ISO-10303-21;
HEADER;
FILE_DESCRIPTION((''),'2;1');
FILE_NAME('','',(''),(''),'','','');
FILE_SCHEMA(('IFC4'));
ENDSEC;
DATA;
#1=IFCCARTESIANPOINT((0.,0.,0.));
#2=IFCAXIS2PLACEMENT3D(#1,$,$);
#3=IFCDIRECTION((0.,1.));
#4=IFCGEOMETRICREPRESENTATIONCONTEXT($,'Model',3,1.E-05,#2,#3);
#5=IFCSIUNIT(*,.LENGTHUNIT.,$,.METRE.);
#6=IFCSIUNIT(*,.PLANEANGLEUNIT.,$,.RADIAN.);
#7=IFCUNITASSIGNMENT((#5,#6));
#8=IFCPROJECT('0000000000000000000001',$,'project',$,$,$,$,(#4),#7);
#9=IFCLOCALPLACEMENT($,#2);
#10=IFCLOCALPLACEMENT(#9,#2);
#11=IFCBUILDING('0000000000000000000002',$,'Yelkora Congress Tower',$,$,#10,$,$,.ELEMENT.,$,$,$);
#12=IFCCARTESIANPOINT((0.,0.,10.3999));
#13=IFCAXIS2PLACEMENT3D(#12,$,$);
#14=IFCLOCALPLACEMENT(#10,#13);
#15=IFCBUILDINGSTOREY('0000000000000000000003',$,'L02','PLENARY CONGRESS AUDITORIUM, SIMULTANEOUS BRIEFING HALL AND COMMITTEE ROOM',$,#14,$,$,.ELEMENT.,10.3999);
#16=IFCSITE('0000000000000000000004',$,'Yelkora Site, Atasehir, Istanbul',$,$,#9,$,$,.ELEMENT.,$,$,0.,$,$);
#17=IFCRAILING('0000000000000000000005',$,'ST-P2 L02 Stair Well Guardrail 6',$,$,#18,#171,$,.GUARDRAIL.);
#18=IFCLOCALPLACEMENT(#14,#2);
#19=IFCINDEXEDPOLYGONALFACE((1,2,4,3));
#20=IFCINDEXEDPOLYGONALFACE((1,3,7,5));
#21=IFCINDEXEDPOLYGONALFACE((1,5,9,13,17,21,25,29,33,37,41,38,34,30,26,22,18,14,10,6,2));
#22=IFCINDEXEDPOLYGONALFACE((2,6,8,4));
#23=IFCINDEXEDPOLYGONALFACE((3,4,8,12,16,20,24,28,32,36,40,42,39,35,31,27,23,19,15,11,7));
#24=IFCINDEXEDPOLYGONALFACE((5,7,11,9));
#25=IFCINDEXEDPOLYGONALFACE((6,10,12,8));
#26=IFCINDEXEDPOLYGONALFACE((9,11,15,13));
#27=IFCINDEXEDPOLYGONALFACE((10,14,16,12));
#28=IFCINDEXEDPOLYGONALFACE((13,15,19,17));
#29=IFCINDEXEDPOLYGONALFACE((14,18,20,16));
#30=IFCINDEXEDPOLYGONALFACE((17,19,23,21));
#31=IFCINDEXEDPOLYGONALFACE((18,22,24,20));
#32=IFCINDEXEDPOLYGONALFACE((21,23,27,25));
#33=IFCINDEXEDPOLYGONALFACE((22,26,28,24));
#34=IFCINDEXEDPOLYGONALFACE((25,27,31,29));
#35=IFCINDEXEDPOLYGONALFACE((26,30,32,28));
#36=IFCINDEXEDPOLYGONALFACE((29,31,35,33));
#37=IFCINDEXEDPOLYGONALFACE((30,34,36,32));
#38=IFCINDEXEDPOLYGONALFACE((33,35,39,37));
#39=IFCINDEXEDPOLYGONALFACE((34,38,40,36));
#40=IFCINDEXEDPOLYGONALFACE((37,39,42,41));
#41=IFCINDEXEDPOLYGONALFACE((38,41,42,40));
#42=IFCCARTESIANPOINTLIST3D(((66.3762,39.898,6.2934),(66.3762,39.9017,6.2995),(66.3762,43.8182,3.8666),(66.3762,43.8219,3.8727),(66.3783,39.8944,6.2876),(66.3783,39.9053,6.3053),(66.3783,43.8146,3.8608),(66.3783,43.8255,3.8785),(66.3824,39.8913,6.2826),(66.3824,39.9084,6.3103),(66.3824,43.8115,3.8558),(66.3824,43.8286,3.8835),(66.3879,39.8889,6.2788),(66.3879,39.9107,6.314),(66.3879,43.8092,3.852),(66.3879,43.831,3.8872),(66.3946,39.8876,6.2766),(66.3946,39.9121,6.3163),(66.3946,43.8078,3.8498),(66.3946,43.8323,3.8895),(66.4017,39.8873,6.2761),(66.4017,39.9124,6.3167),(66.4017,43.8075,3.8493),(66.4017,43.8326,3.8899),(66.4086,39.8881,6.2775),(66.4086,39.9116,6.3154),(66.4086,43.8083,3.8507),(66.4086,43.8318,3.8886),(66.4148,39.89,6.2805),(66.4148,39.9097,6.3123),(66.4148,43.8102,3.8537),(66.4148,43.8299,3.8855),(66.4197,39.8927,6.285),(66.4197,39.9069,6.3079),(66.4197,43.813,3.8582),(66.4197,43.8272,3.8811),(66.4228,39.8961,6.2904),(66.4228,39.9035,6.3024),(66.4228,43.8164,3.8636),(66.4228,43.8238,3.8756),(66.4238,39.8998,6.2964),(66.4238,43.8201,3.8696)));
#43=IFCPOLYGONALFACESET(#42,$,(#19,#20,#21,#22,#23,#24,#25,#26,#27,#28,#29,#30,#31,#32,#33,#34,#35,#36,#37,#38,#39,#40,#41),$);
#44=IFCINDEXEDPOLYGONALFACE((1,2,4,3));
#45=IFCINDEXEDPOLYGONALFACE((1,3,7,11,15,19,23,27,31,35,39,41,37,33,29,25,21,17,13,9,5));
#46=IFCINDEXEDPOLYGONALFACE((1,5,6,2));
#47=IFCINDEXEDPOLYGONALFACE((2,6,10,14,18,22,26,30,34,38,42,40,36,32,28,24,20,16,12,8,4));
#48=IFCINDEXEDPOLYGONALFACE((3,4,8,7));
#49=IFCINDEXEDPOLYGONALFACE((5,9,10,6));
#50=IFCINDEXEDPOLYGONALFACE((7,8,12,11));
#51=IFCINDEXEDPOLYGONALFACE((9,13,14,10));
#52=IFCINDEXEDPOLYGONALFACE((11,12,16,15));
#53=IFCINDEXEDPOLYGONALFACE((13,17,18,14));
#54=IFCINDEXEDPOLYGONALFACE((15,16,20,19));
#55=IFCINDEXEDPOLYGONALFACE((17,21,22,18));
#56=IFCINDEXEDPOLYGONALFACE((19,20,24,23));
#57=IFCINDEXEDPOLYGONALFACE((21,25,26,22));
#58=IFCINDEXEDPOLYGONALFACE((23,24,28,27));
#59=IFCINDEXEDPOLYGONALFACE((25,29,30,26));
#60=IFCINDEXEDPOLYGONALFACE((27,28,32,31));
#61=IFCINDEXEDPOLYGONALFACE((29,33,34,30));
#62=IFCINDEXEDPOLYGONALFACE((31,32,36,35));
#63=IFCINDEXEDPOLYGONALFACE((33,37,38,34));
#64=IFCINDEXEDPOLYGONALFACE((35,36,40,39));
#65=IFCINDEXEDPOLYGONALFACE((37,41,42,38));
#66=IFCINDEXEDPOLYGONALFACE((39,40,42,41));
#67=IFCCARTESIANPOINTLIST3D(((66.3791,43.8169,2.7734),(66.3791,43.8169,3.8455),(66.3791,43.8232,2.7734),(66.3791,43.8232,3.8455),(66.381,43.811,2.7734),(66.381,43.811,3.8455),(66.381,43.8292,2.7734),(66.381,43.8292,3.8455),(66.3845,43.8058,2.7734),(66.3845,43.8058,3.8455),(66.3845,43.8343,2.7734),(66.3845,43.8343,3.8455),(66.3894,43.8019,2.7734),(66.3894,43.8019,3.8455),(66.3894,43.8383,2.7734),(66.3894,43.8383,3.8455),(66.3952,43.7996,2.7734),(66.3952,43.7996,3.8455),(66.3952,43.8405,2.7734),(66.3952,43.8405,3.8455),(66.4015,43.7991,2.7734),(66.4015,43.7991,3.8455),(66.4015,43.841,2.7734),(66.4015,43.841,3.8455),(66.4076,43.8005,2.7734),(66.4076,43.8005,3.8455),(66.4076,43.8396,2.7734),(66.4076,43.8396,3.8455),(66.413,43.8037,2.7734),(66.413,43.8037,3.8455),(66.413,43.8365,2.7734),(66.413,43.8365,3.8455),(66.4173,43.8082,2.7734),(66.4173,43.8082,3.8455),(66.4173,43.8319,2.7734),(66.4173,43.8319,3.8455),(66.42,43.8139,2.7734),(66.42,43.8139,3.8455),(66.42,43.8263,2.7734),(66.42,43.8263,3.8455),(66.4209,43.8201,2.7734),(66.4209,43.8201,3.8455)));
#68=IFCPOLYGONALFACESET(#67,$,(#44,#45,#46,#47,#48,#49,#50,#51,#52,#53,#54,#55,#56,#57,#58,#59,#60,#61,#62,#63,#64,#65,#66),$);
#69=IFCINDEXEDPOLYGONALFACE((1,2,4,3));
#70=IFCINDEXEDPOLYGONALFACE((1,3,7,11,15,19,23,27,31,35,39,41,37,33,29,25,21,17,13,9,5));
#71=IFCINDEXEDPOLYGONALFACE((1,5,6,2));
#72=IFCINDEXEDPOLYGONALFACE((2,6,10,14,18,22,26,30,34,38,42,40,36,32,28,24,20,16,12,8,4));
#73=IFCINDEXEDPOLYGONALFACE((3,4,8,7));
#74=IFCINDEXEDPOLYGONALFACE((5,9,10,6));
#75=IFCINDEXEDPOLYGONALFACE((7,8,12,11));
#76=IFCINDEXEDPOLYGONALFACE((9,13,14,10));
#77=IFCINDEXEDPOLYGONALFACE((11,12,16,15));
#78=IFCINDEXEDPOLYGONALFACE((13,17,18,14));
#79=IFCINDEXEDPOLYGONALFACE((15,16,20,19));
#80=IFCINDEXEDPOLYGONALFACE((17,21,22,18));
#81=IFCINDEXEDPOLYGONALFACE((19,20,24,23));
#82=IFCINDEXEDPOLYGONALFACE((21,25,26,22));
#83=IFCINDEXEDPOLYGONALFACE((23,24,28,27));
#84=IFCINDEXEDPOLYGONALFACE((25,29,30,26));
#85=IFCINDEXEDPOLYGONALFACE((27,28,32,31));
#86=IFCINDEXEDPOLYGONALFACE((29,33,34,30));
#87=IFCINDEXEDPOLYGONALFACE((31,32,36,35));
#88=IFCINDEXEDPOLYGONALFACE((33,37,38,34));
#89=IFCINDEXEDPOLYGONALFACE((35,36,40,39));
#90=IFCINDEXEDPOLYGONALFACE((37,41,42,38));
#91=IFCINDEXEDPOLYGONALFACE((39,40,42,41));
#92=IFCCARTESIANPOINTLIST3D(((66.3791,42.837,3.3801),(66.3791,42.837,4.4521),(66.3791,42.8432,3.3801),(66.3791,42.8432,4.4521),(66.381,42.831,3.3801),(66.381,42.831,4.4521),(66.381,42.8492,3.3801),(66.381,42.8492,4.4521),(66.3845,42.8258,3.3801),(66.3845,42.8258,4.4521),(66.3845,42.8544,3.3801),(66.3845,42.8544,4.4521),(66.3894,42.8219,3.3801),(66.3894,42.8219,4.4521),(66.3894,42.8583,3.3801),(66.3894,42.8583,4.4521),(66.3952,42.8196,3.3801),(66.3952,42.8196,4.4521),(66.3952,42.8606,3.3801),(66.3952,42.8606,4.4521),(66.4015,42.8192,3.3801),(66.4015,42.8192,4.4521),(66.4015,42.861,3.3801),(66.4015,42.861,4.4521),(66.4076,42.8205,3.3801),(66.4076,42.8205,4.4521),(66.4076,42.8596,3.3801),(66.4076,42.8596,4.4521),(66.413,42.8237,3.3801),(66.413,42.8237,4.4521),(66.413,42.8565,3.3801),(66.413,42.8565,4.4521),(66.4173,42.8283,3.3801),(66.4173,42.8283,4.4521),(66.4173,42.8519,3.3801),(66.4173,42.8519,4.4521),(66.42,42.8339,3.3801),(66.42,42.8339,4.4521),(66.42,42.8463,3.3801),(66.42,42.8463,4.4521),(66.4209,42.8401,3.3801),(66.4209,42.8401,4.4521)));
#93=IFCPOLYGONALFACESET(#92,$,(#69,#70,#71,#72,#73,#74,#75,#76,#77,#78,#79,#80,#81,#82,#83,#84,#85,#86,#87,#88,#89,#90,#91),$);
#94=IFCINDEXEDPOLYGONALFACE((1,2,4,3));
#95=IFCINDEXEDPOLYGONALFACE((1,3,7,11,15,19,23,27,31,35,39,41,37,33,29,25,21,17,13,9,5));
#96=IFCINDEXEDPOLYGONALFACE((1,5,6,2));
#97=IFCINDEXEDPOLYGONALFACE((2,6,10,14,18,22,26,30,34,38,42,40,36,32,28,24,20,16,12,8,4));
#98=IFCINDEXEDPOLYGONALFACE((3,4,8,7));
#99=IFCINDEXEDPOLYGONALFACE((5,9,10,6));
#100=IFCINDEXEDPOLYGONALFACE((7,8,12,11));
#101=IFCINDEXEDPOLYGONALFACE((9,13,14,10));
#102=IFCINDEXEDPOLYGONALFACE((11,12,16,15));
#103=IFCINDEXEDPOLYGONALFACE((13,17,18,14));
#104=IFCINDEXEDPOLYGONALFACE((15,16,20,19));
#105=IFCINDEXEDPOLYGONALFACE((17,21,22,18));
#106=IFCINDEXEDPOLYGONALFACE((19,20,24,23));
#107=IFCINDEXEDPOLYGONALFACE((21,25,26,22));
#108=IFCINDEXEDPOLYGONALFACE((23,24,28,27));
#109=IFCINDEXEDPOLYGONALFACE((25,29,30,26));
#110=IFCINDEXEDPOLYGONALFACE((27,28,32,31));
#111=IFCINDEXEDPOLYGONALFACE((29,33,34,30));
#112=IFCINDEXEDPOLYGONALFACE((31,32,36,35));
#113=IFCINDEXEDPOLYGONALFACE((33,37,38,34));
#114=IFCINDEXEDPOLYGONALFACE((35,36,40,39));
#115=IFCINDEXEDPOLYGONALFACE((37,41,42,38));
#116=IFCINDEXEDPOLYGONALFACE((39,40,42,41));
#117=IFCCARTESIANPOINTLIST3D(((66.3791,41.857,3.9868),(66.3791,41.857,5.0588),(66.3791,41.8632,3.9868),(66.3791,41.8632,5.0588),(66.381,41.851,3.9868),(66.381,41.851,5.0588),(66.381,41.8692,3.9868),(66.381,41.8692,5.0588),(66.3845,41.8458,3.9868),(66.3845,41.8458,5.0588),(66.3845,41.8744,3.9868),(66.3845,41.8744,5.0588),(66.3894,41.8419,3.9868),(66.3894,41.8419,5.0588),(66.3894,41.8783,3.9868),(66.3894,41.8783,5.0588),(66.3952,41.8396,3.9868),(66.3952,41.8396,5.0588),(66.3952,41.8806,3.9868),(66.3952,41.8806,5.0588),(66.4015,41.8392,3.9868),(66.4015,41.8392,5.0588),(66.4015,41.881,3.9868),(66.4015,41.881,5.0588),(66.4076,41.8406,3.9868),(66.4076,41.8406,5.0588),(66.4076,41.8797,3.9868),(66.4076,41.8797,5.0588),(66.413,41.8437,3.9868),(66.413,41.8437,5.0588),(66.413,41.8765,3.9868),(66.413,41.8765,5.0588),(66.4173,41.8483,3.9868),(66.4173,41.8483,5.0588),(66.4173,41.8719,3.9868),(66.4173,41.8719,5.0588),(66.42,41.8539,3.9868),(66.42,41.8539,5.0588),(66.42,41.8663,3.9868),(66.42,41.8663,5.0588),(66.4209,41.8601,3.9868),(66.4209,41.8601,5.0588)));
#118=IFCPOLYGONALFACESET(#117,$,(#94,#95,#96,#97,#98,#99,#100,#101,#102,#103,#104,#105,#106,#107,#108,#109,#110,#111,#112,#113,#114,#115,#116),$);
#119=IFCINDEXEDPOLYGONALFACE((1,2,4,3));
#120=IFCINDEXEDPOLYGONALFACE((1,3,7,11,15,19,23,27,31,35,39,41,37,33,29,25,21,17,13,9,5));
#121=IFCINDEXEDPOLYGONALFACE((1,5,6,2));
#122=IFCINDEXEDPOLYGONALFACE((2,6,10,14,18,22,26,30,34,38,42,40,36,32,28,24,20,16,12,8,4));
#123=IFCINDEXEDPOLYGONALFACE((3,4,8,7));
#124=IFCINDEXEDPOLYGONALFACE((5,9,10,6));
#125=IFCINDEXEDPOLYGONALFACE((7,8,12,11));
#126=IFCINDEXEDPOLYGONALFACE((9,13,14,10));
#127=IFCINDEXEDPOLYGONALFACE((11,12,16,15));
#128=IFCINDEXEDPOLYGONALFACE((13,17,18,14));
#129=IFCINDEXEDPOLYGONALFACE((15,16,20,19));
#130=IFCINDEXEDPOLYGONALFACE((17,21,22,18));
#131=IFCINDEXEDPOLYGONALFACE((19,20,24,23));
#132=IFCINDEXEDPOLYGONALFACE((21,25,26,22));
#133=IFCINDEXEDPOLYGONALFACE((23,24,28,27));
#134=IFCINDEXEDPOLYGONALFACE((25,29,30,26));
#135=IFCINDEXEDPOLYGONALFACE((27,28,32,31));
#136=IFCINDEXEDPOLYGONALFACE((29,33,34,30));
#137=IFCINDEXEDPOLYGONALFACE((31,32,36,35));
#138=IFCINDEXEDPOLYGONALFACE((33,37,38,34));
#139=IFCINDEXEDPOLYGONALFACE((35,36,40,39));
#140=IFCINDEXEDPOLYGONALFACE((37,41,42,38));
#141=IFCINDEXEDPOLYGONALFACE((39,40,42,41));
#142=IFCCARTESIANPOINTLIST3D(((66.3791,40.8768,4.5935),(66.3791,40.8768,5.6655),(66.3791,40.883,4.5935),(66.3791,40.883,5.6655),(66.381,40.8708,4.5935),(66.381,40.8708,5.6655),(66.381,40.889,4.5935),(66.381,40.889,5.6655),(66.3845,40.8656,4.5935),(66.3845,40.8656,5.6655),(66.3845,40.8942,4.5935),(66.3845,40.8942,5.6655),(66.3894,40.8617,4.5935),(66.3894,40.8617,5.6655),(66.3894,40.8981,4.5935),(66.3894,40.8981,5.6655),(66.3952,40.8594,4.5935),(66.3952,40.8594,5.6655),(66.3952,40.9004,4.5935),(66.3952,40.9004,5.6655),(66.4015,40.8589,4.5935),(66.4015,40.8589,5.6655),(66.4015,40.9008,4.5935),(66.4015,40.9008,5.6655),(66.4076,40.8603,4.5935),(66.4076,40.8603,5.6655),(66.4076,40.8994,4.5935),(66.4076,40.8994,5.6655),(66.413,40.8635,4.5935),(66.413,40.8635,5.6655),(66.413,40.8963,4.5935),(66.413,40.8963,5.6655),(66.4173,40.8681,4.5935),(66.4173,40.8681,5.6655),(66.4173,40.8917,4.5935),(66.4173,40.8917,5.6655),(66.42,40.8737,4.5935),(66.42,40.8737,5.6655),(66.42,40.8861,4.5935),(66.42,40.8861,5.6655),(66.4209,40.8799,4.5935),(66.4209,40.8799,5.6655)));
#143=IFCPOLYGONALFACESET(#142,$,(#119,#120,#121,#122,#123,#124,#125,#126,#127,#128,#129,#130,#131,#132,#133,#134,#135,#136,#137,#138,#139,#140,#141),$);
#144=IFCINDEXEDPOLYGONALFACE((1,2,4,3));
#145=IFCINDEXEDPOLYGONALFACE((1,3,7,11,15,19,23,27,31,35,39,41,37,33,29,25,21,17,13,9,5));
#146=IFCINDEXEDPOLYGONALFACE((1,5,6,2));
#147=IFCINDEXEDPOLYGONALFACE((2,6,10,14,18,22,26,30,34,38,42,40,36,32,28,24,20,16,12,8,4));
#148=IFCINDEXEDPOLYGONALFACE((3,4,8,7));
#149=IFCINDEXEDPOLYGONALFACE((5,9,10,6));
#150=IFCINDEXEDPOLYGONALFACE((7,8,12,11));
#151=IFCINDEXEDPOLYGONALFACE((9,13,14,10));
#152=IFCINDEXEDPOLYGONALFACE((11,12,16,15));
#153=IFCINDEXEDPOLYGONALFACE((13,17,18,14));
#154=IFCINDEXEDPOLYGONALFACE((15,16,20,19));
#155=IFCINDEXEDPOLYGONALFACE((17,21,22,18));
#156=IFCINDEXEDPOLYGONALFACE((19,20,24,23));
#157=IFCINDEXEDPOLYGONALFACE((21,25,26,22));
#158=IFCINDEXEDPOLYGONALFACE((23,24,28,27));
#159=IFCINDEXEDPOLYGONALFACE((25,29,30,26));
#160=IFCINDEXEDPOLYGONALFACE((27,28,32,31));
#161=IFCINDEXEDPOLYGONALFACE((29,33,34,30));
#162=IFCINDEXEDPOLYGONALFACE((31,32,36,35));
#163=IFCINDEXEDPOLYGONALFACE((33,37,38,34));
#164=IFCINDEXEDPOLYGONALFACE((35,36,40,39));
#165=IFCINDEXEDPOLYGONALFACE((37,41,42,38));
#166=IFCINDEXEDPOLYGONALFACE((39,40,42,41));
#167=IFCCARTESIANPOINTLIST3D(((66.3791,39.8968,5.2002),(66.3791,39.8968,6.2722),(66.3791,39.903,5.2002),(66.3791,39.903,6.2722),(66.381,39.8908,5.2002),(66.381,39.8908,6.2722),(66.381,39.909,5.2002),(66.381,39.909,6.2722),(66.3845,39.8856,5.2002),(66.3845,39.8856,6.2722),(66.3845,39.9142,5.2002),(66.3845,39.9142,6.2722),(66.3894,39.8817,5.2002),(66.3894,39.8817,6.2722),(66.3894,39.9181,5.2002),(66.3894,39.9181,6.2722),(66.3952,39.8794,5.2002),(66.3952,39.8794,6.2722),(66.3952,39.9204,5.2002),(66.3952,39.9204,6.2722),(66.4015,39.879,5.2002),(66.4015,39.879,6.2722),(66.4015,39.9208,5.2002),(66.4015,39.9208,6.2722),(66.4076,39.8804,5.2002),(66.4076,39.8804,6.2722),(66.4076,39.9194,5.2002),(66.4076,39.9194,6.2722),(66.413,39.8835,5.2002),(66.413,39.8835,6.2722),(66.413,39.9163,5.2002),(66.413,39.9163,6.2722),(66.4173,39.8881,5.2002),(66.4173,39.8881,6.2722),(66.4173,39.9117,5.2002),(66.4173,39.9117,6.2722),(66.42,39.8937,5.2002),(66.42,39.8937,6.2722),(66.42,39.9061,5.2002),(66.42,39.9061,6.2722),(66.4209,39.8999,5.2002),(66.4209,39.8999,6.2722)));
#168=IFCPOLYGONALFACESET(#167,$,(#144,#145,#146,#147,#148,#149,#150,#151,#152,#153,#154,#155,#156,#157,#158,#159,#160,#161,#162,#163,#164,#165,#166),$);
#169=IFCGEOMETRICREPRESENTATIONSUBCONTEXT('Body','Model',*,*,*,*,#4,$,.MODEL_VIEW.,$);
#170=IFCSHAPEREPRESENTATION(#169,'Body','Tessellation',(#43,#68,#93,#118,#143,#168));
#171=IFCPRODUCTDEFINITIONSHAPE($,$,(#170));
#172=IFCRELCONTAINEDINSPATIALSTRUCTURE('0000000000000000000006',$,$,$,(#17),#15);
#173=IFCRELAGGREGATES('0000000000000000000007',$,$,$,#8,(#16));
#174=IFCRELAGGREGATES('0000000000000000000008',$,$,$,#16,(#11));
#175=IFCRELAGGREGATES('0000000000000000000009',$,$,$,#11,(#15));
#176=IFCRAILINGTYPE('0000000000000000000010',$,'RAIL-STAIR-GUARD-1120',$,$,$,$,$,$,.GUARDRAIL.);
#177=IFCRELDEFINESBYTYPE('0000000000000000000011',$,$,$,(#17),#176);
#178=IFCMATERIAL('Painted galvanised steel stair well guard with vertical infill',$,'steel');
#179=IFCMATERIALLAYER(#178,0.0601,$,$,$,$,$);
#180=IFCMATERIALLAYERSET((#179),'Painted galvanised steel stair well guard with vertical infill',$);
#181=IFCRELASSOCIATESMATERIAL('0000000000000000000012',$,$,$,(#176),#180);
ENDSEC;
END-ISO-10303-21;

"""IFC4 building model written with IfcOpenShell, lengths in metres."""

from ifc_helpers import new_model, si_unit, direction, frame, origin, origin_2d, place, context, subcontext, project, spatial, circle, extrude, material, layer, layer_set, type_object, element, save


model = new_model("IFC4")

# Units and contexts
model_context = context("Model", 3, precision=1e-05, world=origin(), true_north=direction((0.0, 1.0)))
body_context = subcontext(model_context, "Body", "Model", "MODEL_VIEW")
ifc_project = project(units=[si_unit("LENGTHUNIT", "METRE"), si_unit("PLANEANGLEUNIT", "RADIAN")], contexts=[model_context])

# Site, building, storey
site_placement = place(None, origin())
site = spatial("IfcSite", under=ifc_project, at=site_placement, Name="Yelkora Site, Atasehir, Istanbul", CompositionType="ELEMENT", RefElevation=0.0)
building_placement = place(site_placement, origin())
building = spatial("IfcBuilding", under=site, at=building_placement, Name="Yelkora Congress Tower", CompositionType="ELEMENT")
storey_placement = place(building_placement, frame((0.0, 0.0, 10.3999)))
storey = spatial("IfcBuildingStorey", under=building, at=storey_placement, Name="L02", Description="PLENARY CONGRESS AUDITORIUM, SIMULTANEOUS BRIEFING HALL AND COMMITTEE ROOM", CompositionType="ELEMENT", Elevation=10.3999)

# Railing
ifc_material_1 = material(Name="Painted galvanised steel stair well guard with vertical infill", Category="steel")
ifc_layer_1 = layer(ifc_material_1, 0.0601)
ifc_layer_set_1 = layer_set([ifc_layer_1], Name="Painted galvanised steel stair well guard with vertical infill")
railing_type_1 = type_object("IfcRailingType", Name="RAIL-STAIR-GUARD-1120", PredefinedType="GUARDRAIL", material=ifc_layer_set_1)
railing_1_placement = place(storey_placement, frame((66.3999, 43.8201, 2.7734)))
element("IfcRailing", 1, at=railing_1_placement, inside=storey, type_object=railing_type_1, Name="ST-P2 L02 Stair Well Guardrail 6", PredefinedType="GUARDRAIL", context=body_context, shape_type="SweptSolid", body=[
    extrude(circle(Radius=0.0239, at=origin_2d()), frame((0.0, 0.0, 1.0962), z_axis=(0.0, -0.850266, 0.526353), x_axis=(1.0, 0.0, 0.0)), (0.0, 0.0, 1.0), 4.6106),
    extrude(circle(Radius=0.021, at=origin_2d()), origin(), (0.0, 0.0, 1.0), 1.072),
    extrude(circle(Radius=0.021, at=origin_2d()), frame((0.0, -0.98, 0.6067)), (0.0, 0.0, 1.0), 1.072),
    extrude(circle(Radius=0.021, at=origin_2d()), frame((0.0, -1.96, 1.2134)), (0.0, 0.0, 1.0), 1.072),
    extrude(circle(Radius=0.021, at=origin_2d()), frame((0.0, -2.9402, 1.8201)), (0.0, 0.0, 1.0), 1.072),
    extrude(circle(Radius=0.021, at=origin_2d()), frame((0.0, -3.9202, 2.4268)), (0.0, 0.0, 1.0), 1.072),
])

save(model, "model.ifc")
